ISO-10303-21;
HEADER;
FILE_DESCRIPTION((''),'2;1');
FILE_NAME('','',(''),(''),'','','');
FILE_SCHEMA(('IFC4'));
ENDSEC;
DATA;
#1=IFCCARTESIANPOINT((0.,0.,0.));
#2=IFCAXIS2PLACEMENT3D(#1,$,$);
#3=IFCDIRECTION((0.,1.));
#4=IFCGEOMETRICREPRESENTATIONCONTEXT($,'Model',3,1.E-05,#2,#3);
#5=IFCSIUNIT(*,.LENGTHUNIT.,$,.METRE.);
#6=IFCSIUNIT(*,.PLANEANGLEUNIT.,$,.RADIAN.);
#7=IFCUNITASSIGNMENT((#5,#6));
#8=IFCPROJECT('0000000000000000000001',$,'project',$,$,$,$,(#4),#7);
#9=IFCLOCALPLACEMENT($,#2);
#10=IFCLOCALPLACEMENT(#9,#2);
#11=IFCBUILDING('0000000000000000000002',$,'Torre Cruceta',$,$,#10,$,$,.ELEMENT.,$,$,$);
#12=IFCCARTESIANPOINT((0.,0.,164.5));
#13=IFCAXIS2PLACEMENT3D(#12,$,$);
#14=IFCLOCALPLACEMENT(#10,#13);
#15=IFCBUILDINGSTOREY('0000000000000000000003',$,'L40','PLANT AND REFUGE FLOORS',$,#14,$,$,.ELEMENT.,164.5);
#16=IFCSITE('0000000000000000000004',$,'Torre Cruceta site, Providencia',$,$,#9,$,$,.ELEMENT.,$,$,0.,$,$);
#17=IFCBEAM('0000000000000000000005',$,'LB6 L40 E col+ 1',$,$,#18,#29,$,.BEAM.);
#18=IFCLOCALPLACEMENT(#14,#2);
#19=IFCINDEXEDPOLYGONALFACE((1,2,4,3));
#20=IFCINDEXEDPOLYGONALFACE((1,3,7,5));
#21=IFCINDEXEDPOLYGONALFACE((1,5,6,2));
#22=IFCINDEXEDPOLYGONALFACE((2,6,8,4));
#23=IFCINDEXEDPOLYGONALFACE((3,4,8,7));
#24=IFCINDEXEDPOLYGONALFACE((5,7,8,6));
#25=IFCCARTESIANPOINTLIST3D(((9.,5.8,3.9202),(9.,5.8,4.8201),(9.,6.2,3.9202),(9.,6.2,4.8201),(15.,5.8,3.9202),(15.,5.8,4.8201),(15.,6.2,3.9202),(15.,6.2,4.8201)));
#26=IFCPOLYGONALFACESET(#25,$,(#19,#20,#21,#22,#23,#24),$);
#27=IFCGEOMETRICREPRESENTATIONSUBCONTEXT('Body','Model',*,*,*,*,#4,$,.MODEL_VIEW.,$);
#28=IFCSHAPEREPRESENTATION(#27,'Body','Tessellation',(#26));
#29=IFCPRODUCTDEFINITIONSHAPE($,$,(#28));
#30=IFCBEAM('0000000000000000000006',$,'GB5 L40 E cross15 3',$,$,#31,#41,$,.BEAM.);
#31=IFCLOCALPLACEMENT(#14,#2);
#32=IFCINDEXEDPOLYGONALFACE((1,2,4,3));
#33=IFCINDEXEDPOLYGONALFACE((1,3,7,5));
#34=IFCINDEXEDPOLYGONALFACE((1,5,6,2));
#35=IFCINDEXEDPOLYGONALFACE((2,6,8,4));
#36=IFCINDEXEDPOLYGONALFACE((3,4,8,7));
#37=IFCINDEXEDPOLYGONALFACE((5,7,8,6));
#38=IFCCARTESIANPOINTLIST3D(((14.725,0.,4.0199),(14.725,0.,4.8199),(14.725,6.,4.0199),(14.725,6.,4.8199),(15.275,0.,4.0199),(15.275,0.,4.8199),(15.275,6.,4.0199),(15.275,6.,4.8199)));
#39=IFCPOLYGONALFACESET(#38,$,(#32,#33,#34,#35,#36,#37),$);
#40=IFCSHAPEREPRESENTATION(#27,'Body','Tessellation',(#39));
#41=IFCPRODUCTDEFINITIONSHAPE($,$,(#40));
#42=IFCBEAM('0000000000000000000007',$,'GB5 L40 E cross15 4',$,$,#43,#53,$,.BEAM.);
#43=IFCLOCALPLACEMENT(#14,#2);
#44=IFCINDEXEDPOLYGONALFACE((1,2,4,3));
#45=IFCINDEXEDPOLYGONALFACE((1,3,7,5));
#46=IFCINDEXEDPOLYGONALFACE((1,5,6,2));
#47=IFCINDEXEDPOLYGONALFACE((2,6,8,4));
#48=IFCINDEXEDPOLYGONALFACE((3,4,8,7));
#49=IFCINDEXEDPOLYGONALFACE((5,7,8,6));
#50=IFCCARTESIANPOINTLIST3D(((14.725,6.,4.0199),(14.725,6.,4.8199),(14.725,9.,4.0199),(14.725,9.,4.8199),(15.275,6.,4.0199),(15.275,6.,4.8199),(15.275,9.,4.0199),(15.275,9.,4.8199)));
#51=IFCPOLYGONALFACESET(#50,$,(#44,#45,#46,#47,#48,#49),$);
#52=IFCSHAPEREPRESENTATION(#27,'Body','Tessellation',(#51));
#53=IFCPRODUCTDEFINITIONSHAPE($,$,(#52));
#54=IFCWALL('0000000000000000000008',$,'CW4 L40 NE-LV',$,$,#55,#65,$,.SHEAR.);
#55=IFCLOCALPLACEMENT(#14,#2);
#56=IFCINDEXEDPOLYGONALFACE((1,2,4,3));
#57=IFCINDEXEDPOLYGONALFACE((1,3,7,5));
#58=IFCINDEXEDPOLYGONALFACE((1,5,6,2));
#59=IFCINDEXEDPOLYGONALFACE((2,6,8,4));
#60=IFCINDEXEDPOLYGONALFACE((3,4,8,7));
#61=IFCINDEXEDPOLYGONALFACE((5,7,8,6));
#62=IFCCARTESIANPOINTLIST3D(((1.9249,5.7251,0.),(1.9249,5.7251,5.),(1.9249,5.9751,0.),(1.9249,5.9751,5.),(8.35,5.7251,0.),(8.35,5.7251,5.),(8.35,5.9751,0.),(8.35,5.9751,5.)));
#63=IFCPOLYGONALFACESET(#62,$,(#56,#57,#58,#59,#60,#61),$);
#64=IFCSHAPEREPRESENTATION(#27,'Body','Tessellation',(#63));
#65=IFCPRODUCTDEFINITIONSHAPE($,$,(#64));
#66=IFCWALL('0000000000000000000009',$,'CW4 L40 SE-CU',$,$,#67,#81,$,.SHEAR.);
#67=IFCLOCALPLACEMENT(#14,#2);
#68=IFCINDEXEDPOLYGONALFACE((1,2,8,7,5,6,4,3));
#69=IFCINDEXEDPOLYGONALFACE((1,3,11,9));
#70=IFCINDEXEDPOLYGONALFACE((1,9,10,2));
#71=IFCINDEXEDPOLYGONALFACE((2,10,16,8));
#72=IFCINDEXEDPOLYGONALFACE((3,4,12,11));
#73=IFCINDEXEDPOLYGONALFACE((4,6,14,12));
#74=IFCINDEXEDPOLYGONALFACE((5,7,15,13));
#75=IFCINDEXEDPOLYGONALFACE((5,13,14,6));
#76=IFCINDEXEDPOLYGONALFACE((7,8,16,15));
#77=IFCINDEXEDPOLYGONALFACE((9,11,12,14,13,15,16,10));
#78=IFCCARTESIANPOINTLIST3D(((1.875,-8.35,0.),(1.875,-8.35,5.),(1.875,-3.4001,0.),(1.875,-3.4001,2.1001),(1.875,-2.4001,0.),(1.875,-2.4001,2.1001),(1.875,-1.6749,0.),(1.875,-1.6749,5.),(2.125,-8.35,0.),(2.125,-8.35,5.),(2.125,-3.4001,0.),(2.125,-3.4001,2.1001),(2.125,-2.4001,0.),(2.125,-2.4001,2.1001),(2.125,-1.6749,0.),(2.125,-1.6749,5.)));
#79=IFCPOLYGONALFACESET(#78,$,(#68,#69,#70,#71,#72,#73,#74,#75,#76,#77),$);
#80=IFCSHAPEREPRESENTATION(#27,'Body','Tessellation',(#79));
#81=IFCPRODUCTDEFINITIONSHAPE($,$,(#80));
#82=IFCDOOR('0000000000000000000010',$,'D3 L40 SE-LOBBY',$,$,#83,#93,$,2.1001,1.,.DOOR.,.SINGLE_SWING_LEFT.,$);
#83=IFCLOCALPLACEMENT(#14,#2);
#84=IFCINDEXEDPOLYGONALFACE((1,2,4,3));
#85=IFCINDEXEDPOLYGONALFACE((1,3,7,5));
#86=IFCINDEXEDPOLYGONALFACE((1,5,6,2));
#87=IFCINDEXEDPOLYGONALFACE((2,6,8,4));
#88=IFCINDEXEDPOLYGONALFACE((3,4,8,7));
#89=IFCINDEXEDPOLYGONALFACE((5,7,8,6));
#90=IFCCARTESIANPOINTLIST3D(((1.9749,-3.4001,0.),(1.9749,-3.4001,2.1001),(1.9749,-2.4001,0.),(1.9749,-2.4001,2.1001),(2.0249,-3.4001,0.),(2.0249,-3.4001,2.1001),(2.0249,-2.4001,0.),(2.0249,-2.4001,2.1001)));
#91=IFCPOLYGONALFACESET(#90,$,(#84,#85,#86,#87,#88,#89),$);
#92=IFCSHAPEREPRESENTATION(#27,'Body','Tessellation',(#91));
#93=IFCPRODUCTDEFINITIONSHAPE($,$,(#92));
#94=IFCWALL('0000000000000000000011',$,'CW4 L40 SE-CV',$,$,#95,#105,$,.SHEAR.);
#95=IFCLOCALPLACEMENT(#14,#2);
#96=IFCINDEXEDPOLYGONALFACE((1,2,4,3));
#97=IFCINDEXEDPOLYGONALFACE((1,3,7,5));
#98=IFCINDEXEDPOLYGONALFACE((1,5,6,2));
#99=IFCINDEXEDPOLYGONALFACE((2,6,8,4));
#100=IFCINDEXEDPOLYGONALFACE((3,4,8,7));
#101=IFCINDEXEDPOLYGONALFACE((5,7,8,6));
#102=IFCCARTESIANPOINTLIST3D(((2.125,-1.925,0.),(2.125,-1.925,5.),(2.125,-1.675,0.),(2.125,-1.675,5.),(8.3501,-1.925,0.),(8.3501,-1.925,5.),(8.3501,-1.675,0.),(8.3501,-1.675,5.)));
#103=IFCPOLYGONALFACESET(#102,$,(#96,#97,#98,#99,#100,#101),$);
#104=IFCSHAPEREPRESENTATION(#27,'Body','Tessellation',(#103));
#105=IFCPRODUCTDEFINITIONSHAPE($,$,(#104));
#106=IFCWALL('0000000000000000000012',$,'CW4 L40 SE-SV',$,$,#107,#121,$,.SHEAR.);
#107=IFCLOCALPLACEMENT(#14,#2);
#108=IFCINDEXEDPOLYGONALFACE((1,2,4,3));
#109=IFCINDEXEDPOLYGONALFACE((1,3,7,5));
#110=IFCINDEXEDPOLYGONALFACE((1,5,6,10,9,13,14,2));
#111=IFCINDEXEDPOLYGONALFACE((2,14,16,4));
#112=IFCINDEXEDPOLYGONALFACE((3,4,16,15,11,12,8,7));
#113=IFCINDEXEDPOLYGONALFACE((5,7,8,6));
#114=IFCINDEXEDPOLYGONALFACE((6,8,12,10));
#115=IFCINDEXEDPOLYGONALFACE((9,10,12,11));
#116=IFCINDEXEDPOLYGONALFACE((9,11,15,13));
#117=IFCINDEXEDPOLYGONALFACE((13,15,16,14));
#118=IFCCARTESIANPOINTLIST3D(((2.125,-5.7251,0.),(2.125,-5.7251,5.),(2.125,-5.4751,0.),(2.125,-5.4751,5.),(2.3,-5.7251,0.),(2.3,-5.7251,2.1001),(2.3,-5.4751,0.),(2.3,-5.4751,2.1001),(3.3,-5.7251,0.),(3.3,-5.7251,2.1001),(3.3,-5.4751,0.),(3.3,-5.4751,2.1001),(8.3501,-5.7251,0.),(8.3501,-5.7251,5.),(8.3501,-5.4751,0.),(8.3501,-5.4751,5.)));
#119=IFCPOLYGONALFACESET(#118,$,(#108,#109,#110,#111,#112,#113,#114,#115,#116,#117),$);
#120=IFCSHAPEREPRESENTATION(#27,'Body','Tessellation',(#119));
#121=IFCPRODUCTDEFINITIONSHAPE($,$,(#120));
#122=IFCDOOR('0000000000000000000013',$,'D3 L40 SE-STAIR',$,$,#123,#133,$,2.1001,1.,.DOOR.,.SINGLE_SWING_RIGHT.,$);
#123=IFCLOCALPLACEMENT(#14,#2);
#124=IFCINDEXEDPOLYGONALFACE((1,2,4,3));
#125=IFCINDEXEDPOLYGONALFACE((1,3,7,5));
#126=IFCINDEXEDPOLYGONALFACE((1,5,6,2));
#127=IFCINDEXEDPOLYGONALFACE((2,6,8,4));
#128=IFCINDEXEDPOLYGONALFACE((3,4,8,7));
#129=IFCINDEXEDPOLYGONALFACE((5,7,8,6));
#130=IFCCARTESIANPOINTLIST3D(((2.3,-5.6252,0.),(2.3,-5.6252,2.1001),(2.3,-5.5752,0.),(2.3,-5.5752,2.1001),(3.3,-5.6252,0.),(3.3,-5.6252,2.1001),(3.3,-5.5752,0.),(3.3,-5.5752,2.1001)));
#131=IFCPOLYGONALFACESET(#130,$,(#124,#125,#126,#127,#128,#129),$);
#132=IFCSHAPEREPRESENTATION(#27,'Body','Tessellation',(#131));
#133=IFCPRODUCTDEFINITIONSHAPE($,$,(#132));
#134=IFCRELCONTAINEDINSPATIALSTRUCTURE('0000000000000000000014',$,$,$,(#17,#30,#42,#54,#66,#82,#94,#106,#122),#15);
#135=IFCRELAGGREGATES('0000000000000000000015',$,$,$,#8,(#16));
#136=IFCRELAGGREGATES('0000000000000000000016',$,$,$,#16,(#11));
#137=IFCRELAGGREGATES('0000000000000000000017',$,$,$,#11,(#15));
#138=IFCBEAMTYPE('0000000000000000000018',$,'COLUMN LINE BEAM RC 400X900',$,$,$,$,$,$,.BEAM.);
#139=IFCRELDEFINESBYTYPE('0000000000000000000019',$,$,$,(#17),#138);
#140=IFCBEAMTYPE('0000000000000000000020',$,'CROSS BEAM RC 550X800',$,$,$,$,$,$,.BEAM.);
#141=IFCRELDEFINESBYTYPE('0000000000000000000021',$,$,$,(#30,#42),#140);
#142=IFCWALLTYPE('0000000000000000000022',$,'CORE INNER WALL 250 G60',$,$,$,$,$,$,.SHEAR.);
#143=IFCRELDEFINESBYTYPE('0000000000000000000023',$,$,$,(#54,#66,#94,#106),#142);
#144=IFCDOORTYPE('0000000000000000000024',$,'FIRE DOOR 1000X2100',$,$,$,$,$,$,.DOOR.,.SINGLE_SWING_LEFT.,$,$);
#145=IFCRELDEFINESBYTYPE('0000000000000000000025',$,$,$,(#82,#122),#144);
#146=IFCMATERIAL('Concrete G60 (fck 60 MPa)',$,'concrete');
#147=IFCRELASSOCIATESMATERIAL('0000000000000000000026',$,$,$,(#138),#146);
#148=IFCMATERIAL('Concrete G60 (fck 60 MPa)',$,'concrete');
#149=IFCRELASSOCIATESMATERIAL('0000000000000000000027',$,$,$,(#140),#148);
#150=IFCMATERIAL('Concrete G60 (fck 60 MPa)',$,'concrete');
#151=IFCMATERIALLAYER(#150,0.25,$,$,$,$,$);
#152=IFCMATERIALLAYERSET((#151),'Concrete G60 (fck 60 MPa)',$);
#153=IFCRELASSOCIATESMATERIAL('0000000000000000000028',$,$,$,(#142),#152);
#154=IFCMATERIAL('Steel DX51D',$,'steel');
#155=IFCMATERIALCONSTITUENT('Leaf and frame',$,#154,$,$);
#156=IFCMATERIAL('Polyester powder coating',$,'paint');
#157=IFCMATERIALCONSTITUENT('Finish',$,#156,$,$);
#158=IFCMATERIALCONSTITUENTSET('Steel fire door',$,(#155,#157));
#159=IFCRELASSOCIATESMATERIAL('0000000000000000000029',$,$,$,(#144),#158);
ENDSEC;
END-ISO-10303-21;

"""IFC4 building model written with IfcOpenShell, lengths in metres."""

from ifc_helpers import new_model, si_unit, direction, frame, frame_2d, origin, origin_2d, place, context, subcontext, project, spatial, rectangle, extrude, material, layer, layer_set, constituent, constituent_set, material_profile, profile_set, type_object, element, fill, save


model = new_model("IFC4")

# Units and contexts
model_context = context("Model", 3, precision=1e-05, world=origin(), true_north=direction((0.0, 1.0)))
body_context = subcontext(model_context, "Body", "Model", "MODEL_VIEW")
ifc_project = project(units=[si_unit("LENGTHUNIT", "METRE"), si_unit("PLANEANGLEUNIT", "RADIAN")], contexts=[model_context])

# Site, building, storey
site_placement = place(None, origin())
site = spatial("IfcSite", under=ifc_project, at=site_placement, Name="Torre Cruceta site, Providencia", CompositionType="ELEMENT", RefElevation=0.0)
building_placement = place(site_placement, origin())
building = spatial("IfcBuilding", under=site, at=building_placement, Name="Torre Cruceta", CompositionType="ELEMENT")
storey_placement = place(building_placement, frame((0.0, 0.0, 164.5)))
storey = spatial("IfcBuildingStorey", under=building, at=storey_placement, Name="L40", Description="PLANT AND REFUGE FLOORS", CompositionType="ELEMENT", Elevation=164.5)

# Beams
ifc_material_1 = material(Name="Concrete G60 (fck 60 MPa)", Category="concrete")
ifc_material_profile_1 = material_profile(ifc_material_1, rectangle(XDim=0.3999, YDim=0.8999, at=origin_2d()), Name="RC 400X900")
ifc_profile_set_1 = profile_set([ifc_material_profile_1], Name="Concrete G60 (fck 60 MPa)")
beam_type_1 = type_object("IfcBeamType", Name="COLUMN LINE BEAM RC 400X900", PredefinedType="BEAM", material=ifc_profile_set_1)
beam_1_placement = place(storey_placement, frame((9.0, 6.0, 4.3701), z_axis=(1.0, 0.0, 0.0), x_axis=(0.0, 1.0, 0.0)))
element("IfcBeam", 1, at=beam_1_placement, inside=storey, type_object=beam_type_1, Name="LB6 L40 E col+ 1", PredefinedType="BEAM", context=body_context, shape_type="SweptSolid", body=[
    extrude(rectangle(XDim=0.3999, YDim=0.8999, at=origin_2d()), origin(), (0.0, 0.0, 1.0), 6.0),
])
ifc_material_2 = material(Name="Concrete G60 (fck 60 MPa)", Category="concrete")
ifc_material_profile_2 = material_profile(ifc_material_2, rectangle(XDim=0.55, YDim=0.8, at=origin_2d()), Name="RC 550X800")
ifc_profile_set_2 = profile_set([ifc_material_profile_2], Name="Concrete G60 (fck 60 MPa)")
beam_type_2 = type_object("IfcBeamType", Name="CROSS BEAM RC 550X800", PredefinedType="BEAM", material=ifc_profile_set_2)
beam_2_placement = place(storey_placement, frame((15.0, 0.0, 4.4199), z_axis=(0.0, 1.0, 0.0), x_axis=(-1.0, 0.0, 0.0)))
element("IfcBeam", 2, at=beam_2_placement, inside=storey, type_object=beam_type_2, Name="GB5 L40 E cross15 3", PredefinedType="BEAM", context=body_context, shape_type="SweptSolid", body=[
    extrude(rectangle(XDim=0.55, YDim=0.8, at=origin_2d()), origin(), (0.0, 0.0, 1.0), 6.0),
])
beam_3_placement = place(storey_placement, frame((15.0, 6.0, 4.4199), z_axis=(0.0, 1.0, 0.0), x_axis=(-1.0, 0.0, 0.0)))
element("IfcBeam", 3, at=beam_3_placement, inside=storey, type_object=beam_type_2, Name="GB5 L40 E cross15 4", PredefinedType="BEAM", context=body_context, shape_type="SweptSolid", body=[
    extrude(rectangle(XDim=0.55, YDim=0.8, at=origin_2d()), origin(), (0.0, 0.0, 1.0), 3.0),
])

# Wall
ifc_material_3 = material(Name="Concrete G60 (fck 60 MPa)", Category="concrete")
ifc_layer_1 = layer(ifc_material_3, 0.25)
ifc_layer_set_1 = layer_set([ifc_layer_1], Name="Concrete G60 (fck 60 MPa)")
wall_type_1 = type_object("IfcWallType", Name="CORE INNER WALL 250 G60", PredefinedType="SHEAR", material=ifc_layer_set_1)
wall_1_placement = place(storey_placement, frame((1.925, 5.8501, 0.0), z_axis=(0.0, 0.0, 1.0), x_axis=(1.0, 0.0, 0.0)))
element("IfcWall", 4, at=wall_1_placement, inside=storey, type_object=wall_type_1, Name="CW4 L40 NE-LV", PredefinedType="SHEAR", context=body_context, shape_type="SweptSolid", body=[
    extrude(rectangle(XDim=6.425, YDim=0.25, at=frame_2d((3.2124, 0.0))), origin(), (0.0, 0.0, 1.0), 5.0),
])

# Wall, opening, door
wall_2_placement = place(storey_placement, frame((2.0, -1.675, 0.0), z_axis=(0.0, 0.0, 1.0), x_axis=(0.0, -1.0, 0.0)))
wall_2 = element("IfcWall", 5, at=wall_2_placement, inside=storey, type_object=wall_type_1, Name="CW4 L40 SE-CU", PredefinedType="SHEAR", context=body_context, shape_type="SweptSolid", body=[
    extrude(rectangle(XDim=6.675, YDim=0.25, at=frame_2d((3.3374, 0.0))), origin(), (0.0, 0.0, 1.0), 5.0),
])
opening_1_placement = place(wall_2_placement, frame((0.7251, 0.0, 0.0)))
opening_1 = element("IfcOpeningElement", 6, at=opening_1_placement, cuts=wall_2, PredefinedType="OPENING", context=body_context, shape_type="SweptSolid", body=[
    extrude(rectangle(XDim=1.0, YDim=2.1001, at=frame_2d((0.5, 1.05))), frame((0.0, 0.135, 0.0), z_axis=(0.0, -1.0, 0.0), x_axis=(1.0, 0.0, 0.0)), (0.0, 0.0, 1.0), 0.27),
])
ifc_material_4 = material(Name="Steel DX51D", Category="steel")
ifc_constituent_1 = constituent(ifc_material_4, Name="Leaf and frame")
ifc_material_5 = material(Name="Polyester powder coating", Category="paint")
ifc_constituent_2 = constituent(ifc_material_5, Name="Finish")
ifc_constituent_set_1 = constituent_set(constituents=[ifc_constituent_1, ifc_constituent_2], Name="Steel fire door")
door_type_1 = type_object("IfcDoorType", Name="FIRE DOOR 1000X2100", OperationType="SINGLE_SWING_LEFT", PredefinedType="DOOR", material=ifc_constituent_set_1)
door_1_placement = place(opening_1_placement, origin())
door_1 = element("IfcDoor", 7, at=door_1_placement, inside=storey, type_object=door_type_1, Name="D3 L40 SE-LOBBY", OperationType="SINGLE_SWING_LEFT", OverallHeight=2.1001, OverallWidth=1.0, PredefinedType="DOOR", context=body_context, shape_type="SweptSolid", body=[
    extrude(rectangle(XDim=1.0, YDim=2.1001, at=frame_2d((0.5, 1.05))), frame((0.0, 0.0249, 0.0), z_axis=(0.0, -1.0, 0.0), x_axis=(1.0, 0.0, 0.0)), (0.0, 0.0, 1.0), 0.05),
])
fill(opening_1, door_1)

# Wall
wall_3_placement = place(storey_placement, frame((2.125, -1.8, 0.0), z_axis=(0.0, 0.0, 1.0), x_axis=(1.0, 0.0, 0.0)))
element("IfcWall", 8, at=wall_3_placement, inside=storey, type_object=wall_type_1, Name="CW4 L40 SE-CV", PredefinedType="SHEAR", context=body_context, shape_type="SweptSolid", body=[
    extrude(rectangle(XDim=6.2251, YDim=0.25, at=frame_2d((3.1125, 0.0))), origin(), (0.0, 0.0, 1.0), 5.0),
])

# Wall, opening, door
wall_4_placement = place(storey_placement, frame((2.125, -5.6001, 0.0), z_axis=(0.0, 0.0, 1.0), x_axis=(1.0, 0.0, 0.0)))
wall_4 = element("IfcWall", 9, at=wall_4_placement, inside=storey, type_object=wall_type_1, Name="CW4 L40 SE-SV", PredefinedType="SHEAR", context=body_context, shape_type="SweptSolid", body=[
    extrude(rectangle(XDim=6.2251, YDim=0.25, at=frame_2d((3.1125, 0.0))), origin(), (0.0, 0.0, 1.0), 5.0),
])
opening_2_placement = place(wall_4_placement, frame((0.175, 0.0, 0.0)))
opening_2 = element("IfcOpeningElement", 10, at=opening_2_placement, cuts=wall_4, PredefinedType="OPENING", context=body_context, shape_type="SweptSolid", body=[
    extrude(rectangle(XDim=1.0, YDim=2.1001, at=frame_2d((0.5, 1.05))), frame((0.0, 0.135, 0.0), z_axis=(0.0, -1.0, 0.0), x_axis=(1.0, 0.0, 0.0)), (0.0, 0.0, 1.0), 0.27),
])
door_2_placement = place(opening_2_placement, frame((1.0, 0.0, 0.0), z_axis=(0.0, 0.0, 1.0), x_axis=(-1.0, 0.0, 0.0)))
door_2 = element("IfcDoor", 11, at=door_2_placement, inside=storey, type_object=door_type_1, Name="D3 L40 SE-STAIR", OperationType="SINGLE_SWING_RIGHT", OverallHeight=2.1001, OverallWidth=1.0, PredefinedType="DOOR", context=body_context, shape_type="SweptSolid", body=[
    extrude(rectangle(XDim=1.0, YDim=2.1001, at=frame_2d((0.5, 1.05))), frame((0.0, 0.0251, 0.0), z_axis=(0.0, -1.0, 0.0), x_axis=(1.0, 0.0, 0.0)), (0.0, 0.0, 1.0), 0.05),
])
fill(opening_2, door_2)

save(model, "model.ifc")
